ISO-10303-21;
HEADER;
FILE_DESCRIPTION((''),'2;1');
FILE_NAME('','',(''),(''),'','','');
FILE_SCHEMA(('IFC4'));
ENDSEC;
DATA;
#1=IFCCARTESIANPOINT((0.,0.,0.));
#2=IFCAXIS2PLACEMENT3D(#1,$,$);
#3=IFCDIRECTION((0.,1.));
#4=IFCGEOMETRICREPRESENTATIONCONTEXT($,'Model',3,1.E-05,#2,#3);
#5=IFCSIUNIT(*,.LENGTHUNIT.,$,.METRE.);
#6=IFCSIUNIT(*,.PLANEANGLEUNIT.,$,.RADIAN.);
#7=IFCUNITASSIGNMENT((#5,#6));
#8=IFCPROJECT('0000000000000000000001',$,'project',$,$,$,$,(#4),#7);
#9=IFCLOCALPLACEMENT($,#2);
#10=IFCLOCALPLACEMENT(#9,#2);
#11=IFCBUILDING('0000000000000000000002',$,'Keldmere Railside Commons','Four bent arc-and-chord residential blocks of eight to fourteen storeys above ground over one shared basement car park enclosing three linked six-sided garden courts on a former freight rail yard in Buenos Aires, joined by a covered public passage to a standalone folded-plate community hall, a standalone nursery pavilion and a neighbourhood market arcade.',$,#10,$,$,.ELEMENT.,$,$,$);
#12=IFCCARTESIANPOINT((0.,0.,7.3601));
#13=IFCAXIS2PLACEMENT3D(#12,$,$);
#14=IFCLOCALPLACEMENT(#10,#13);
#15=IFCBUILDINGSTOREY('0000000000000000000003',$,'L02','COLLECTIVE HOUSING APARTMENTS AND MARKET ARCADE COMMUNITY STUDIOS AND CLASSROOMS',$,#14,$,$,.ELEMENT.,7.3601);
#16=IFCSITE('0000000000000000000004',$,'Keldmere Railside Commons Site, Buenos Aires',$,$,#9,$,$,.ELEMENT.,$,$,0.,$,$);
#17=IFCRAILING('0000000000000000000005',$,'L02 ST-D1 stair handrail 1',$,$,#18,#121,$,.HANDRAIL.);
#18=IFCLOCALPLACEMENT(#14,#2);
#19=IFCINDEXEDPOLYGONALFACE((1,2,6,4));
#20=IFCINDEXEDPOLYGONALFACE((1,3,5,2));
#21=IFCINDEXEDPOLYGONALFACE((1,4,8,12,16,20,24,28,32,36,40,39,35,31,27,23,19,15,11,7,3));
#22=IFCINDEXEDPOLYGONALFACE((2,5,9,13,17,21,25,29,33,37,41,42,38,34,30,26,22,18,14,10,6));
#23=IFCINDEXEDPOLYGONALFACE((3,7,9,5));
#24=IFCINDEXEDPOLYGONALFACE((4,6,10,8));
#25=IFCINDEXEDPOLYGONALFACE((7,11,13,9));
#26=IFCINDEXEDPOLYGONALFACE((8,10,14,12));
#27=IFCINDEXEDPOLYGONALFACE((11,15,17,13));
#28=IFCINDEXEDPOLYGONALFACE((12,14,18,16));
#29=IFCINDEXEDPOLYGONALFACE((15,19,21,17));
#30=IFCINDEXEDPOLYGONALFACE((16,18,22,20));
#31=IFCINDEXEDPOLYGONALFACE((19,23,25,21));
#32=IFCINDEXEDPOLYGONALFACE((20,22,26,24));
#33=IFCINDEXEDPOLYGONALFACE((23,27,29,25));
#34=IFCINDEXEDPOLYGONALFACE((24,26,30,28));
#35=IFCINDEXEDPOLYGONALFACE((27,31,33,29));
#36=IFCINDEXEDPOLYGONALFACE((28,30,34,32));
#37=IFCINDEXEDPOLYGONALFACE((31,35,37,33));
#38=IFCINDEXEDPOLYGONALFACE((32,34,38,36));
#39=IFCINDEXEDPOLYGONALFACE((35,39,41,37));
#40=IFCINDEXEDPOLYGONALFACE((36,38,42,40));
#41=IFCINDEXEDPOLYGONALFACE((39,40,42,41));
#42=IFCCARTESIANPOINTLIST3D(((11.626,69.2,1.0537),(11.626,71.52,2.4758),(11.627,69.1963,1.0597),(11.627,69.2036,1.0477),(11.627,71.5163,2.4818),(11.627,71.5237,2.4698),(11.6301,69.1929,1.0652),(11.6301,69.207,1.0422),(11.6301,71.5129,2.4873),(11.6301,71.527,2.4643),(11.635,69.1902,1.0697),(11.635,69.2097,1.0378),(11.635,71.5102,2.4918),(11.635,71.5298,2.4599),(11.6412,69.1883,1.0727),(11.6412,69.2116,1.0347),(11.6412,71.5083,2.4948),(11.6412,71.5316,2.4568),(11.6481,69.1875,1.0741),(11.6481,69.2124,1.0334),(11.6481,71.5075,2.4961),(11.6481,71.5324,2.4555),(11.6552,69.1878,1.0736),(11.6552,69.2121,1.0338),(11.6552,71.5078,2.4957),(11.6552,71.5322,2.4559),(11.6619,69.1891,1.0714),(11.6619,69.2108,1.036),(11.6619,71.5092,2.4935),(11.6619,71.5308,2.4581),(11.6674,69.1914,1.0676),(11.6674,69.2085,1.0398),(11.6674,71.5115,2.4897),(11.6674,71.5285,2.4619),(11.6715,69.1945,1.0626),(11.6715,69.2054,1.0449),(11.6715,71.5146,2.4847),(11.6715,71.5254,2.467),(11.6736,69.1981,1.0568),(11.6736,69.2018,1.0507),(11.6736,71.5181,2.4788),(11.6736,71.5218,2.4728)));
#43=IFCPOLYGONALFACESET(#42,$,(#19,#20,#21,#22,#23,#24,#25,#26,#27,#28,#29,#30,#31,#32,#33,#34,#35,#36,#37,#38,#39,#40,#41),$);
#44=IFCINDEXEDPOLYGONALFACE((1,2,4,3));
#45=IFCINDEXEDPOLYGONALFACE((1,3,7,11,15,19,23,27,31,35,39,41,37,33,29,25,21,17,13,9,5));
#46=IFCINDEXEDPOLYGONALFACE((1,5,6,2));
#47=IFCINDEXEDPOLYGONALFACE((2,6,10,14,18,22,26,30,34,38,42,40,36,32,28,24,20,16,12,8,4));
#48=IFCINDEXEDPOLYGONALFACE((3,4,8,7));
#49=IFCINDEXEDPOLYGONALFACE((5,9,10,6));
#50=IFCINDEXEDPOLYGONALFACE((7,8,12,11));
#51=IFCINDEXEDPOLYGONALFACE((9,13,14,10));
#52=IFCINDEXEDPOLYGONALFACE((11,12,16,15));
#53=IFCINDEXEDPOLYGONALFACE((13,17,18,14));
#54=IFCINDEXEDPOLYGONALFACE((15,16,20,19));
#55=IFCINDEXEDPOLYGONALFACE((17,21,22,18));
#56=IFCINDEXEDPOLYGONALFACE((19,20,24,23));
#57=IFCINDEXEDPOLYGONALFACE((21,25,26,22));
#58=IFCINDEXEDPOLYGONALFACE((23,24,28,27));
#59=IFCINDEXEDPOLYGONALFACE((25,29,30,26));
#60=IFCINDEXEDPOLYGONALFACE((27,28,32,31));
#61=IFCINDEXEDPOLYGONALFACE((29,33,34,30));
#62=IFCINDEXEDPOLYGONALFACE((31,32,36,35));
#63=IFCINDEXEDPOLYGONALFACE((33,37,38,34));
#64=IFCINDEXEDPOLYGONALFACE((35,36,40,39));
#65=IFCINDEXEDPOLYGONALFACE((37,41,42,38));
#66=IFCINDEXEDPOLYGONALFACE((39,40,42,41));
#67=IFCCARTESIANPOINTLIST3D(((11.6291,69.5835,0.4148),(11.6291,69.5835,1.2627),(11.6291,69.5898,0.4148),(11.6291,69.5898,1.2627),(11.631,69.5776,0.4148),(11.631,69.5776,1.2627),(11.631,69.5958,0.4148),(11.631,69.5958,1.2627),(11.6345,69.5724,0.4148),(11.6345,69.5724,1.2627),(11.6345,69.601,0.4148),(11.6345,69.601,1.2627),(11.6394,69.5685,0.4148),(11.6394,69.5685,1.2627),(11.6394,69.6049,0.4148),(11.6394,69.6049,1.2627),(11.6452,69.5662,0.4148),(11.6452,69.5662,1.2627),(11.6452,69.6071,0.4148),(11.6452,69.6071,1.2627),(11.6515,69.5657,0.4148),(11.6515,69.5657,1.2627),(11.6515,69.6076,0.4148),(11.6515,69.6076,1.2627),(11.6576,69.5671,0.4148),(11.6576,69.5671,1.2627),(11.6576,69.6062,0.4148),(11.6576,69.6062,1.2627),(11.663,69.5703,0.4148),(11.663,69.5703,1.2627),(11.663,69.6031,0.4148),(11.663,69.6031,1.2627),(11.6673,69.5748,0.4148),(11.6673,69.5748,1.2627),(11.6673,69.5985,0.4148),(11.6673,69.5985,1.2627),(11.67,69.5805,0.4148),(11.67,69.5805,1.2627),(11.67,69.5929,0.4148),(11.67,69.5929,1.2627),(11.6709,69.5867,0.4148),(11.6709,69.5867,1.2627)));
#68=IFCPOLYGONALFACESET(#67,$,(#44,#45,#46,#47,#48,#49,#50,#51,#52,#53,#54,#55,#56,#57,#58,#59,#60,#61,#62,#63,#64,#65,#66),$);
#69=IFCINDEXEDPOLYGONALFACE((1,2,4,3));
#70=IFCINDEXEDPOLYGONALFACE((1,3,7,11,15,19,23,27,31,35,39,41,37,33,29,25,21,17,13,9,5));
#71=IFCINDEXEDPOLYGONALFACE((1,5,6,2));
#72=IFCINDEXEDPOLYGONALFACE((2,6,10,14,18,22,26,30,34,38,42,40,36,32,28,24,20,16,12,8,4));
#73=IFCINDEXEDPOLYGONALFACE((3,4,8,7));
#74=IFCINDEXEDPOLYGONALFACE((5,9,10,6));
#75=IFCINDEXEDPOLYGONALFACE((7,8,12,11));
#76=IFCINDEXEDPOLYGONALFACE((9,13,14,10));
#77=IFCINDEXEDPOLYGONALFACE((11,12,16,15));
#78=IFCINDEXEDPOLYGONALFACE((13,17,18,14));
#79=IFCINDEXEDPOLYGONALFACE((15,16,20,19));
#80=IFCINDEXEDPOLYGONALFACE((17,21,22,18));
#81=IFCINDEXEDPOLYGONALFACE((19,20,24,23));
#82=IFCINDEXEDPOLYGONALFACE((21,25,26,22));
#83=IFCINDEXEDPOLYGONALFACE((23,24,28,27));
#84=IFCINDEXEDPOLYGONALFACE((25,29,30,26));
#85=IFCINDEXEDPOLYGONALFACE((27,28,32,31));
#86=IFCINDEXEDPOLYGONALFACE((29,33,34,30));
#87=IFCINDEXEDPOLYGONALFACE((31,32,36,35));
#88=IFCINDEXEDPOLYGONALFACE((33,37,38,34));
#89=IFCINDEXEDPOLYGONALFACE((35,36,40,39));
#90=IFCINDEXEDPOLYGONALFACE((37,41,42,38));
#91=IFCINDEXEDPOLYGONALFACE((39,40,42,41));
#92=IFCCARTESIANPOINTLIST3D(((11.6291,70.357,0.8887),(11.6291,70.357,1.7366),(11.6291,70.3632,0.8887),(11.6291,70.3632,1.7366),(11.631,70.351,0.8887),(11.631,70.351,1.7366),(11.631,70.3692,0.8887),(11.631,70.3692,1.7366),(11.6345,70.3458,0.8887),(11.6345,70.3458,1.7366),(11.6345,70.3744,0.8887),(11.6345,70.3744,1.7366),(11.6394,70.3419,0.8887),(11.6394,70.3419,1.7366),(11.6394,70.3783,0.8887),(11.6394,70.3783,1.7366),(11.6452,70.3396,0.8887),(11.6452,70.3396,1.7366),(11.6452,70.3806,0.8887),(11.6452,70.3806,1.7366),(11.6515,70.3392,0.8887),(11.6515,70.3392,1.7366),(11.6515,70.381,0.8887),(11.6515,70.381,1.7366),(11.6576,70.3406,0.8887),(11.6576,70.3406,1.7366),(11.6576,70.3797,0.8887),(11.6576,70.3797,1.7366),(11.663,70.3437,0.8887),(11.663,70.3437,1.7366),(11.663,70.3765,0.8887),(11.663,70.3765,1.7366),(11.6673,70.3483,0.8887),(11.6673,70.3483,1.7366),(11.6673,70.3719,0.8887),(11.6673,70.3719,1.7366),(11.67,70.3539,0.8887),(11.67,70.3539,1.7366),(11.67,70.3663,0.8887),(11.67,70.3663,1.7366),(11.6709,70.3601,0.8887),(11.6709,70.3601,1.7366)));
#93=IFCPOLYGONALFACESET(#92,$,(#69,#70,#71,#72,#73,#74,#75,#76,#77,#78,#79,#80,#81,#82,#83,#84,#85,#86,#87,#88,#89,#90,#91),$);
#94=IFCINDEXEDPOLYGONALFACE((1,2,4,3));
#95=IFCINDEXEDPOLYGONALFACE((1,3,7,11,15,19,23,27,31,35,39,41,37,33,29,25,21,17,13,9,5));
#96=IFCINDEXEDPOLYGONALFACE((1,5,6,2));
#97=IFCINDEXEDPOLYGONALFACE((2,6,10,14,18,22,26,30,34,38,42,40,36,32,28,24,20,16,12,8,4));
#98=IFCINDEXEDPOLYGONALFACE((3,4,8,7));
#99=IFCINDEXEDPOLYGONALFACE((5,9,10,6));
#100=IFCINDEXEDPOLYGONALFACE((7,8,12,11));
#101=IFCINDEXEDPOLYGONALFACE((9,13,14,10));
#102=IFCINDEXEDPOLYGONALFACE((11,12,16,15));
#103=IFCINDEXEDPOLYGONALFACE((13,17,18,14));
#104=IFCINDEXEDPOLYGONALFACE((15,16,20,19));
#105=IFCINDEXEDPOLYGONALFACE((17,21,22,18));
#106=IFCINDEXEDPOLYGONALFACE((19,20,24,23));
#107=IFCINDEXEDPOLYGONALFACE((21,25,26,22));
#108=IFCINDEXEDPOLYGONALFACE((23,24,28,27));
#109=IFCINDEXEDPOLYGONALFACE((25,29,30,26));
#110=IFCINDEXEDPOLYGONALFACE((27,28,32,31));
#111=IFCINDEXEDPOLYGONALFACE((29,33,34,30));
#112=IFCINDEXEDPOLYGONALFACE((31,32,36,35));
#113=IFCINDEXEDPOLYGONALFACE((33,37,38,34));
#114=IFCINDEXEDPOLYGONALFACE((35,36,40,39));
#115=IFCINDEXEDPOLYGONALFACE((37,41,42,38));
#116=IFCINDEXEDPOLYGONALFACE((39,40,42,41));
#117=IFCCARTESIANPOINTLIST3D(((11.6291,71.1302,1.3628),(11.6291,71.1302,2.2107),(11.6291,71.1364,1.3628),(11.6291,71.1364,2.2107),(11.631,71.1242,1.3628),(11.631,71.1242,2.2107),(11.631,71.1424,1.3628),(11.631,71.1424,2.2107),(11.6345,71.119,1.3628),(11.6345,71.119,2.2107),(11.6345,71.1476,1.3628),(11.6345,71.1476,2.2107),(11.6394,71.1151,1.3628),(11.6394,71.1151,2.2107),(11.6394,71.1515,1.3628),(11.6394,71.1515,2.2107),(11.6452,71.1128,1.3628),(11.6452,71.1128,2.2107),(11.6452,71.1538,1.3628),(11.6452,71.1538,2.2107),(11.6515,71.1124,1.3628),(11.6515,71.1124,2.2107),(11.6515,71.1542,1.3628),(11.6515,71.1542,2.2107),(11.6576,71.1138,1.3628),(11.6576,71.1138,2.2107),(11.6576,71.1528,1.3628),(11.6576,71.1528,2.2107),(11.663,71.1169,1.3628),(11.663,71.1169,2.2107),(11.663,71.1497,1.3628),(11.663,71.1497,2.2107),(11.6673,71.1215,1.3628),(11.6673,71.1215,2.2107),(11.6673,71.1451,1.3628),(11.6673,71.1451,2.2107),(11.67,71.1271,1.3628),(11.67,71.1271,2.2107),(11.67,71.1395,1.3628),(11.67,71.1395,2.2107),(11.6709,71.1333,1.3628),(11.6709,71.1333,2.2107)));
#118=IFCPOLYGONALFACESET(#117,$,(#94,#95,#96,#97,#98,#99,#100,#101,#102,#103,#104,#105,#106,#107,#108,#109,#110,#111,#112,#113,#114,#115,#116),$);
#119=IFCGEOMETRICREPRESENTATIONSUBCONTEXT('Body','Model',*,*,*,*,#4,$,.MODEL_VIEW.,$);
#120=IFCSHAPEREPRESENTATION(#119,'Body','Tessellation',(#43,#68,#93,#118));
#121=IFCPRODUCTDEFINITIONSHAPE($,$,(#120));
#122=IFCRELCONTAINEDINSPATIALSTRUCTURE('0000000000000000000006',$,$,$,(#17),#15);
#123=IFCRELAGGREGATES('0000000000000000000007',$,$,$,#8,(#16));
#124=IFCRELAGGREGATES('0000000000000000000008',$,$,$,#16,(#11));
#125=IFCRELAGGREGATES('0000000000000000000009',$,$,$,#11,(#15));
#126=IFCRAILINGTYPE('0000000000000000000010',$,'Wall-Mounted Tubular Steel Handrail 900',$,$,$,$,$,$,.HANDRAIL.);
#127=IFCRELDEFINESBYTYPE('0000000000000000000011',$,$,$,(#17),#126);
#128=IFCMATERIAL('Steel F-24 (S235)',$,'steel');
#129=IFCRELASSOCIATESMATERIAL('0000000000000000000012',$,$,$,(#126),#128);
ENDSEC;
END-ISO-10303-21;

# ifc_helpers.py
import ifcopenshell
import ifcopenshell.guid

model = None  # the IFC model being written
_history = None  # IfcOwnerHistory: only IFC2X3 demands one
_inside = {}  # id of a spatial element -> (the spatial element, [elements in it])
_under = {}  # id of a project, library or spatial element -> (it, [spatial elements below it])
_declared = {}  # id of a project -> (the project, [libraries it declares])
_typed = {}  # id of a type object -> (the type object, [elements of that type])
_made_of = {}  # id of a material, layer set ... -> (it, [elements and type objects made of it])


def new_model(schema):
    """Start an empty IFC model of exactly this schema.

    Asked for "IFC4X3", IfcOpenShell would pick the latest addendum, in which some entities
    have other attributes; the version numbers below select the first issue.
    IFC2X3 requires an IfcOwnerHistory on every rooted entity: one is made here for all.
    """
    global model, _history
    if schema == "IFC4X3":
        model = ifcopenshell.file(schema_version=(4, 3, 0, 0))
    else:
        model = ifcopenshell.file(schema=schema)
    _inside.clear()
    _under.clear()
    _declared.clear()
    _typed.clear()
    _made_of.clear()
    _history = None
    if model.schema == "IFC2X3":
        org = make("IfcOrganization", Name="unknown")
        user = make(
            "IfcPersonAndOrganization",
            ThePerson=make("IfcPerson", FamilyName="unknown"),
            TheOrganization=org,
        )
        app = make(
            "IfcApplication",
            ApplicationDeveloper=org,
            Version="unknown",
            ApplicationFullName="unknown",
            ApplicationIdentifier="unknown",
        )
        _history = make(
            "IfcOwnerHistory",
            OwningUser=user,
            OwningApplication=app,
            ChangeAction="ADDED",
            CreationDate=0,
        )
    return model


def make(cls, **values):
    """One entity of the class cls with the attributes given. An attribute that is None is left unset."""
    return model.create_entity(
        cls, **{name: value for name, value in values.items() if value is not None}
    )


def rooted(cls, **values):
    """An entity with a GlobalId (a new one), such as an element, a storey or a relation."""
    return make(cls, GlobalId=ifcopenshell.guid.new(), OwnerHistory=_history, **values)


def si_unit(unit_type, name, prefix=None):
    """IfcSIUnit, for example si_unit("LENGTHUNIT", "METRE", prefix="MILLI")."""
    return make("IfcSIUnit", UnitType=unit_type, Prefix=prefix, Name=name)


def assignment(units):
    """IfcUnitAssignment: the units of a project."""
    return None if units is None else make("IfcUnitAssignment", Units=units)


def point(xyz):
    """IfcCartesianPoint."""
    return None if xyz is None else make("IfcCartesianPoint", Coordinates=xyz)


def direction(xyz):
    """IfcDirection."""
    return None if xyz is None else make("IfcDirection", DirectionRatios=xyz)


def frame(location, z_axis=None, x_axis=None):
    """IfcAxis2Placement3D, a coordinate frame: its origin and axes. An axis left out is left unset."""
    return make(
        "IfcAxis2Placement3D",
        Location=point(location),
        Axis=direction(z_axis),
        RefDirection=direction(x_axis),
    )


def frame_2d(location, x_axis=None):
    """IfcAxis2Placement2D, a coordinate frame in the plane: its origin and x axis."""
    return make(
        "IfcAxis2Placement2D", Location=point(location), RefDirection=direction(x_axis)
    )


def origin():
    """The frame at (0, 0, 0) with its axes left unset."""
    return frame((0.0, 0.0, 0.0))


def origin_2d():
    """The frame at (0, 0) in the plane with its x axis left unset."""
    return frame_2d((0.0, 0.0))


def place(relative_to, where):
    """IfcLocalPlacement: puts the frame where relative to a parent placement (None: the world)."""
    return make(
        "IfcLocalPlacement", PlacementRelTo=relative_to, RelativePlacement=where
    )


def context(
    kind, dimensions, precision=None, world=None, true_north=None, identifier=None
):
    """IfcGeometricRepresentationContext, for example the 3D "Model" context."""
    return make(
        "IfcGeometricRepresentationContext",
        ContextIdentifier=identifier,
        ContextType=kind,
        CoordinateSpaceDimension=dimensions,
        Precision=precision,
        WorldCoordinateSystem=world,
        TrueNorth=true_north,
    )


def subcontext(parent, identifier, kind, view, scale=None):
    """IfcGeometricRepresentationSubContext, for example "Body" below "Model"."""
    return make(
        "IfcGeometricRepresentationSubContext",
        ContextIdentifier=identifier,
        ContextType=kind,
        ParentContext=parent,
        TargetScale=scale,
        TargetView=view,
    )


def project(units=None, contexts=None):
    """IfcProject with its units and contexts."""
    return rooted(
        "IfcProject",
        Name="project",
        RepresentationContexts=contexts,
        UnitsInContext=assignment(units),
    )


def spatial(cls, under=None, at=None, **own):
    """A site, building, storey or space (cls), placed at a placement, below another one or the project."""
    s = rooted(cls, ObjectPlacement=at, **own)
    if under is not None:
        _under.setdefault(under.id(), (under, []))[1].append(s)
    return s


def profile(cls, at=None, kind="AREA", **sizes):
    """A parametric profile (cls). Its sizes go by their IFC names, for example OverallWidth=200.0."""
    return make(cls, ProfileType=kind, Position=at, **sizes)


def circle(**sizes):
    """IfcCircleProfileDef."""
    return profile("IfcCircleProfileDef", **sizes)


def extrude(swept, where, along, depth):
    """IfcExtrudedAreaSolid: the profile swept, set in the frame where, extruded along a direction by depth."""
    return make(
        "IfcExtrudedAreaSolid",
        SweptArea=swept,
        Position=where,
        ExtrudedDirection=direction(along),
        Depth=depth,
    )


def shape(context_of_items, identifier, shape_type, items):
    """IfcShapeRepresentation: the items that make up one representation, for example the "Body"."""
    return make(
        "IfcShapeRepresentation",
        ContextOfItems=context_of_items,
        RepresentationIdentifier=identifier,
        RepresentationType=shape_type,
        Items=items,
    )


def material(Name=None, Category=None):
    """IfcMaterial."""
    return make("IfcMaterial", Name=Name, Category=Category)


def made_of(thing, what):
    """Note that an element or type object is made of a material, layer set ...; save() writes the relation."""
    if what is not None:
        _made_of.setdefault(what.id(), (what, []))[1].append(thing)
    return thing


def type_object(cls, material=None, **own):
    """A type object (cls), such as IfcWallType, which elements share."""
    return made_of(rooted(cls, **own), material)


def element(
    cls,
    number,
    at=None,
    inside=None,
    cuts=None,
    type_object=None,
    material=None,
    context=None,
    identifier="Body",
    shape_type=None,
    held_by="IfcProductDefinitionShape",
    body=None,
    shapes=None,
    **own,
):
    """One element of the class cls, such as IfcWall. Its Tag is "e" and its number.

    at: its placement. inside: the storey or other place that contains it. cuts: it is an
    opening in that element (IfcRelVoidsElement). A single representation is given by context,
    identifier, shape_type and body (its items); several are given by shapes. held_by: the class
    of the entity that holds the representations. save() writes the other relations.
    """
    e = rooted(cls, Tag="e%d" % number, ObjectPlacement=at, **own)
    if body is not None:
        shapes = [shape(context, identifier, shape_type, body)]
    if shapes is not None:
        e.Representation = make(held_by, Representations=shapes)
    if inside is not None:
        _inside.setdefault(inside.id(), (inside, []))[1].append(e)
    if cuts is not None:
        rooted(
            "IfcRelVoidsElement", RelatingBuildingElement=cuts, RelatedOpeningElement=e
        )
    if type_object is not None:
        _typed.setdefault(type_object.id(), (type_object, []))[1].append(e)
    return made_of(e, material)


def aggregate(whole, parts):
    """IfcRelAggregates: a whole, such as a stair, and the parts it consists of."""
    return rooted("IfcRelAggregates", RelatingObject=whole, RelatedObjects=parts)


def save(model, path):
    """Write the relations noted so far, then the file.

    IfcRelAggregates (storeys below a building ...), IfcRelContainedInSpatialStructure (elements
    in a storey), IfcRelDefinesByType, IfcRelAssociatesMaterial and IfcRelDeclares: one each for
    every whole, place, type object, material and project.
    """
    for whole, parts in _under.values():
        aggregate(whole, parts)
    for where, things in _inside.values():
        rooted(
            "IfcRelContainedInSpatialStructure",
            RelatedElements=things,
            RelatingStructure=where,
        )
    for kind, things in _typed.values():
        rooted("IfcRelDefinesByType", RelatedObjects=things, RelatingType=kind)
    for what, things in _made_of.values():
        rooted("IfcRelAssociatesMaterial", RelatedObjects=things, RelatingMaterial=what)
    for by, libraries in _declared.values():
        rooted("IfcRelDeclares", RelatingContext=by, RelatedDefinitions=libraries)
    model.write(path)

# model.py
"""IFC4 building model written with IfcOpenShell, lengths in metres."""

from ifc_helpers import new_model, si_unit, direction, frame, origin, origin_2d, place, context, subcontext, project, spatial, circle, extrude, material, type_object, element, save


model = new_model("IFC4")

# Units and contexts
model_context = context("Model", 3, precision=1e-05, world=origin(), true_north=direction((0.0, 1.0)))
body_context = subcontext(model_context, "Body", "Model", "MODEL_VIEW")
ifc_project = project(units=[si_unit("LENGTHUNIT", "METRE"), si_unit("PLANEANGLEUNIT", "RADIAN")], contexts=[model_context])

# Site, building, storey
site_placement = place(None, origin())
site = spatial("IfcSite", under=ifc_project, at=site_placement, Name="Keldmere Railside Commons Site, Buenos Aires", CompositionType="ELEMENT", RefElevation=0.0)
building_placement = place(site_placement, origin())
building = spatial("IfcBuilding", under=site, at=building_placement, Name="Keldmere Railside Commons", Description="Four bent arc-and-chord residential blocks of eight to fourteen storeys above ground over one shared basement car park enclosing three linked six-sided garden courts on a former freight rail yard in Buenos Aires, joined by a covered public passage to a standalone folded-plate community hall, a standalone nursery pavilion and a neighbourhood market arcade.", CompositionType="ELEMENT")
storey_placement = place(building_placement, frame((0.0, 0.0, 7.3601)))
storey = spatial("IfcBuildingStorey", under=building, at=storey_placement, Name="L02", Description="COLLECTIVE HOUSING APARTMENTS AND MARKET ARCADE COMMUNITY STUDIOS AND CLASSROOMS", CompositionType="ELEMENT", Elevation=7.3601)

# Shared definitions
ifc_material_1 = material(Name="Steel F-24 (S235)", Category="steel")

# Railing
railing_type_1 = type_object("IfcRailingType", Name="Wall-Mounted Tubular Steel Handrail 900", PredefinedType="HANDRAIL", material=ifc_material_1)
railing_1_placement = place(storey_placement, frame((11.6499, 69.2, 0.1777)))
element("IfcRailing", 1, at=railing_1_placement, inside=storey, type_object=railing_type_1, Name="L02 ST-D1 stair handrail 1", PredefinedType="HANDRAIL", context=body_context, shape_type="SweptSolid", body=[
    extrude(circle(Radius=0.0239, at=origin_2d()), frame((0.0, 0.0, 0.876), z_axis=(0.0, 0.852578, 0.5226), x_axis=(-1.0, 0.0, 0.0)), (0.0, 0.0, 1.0), 2.7212),
    extrude(circle(Radius=0.021, at=origin_2d()), frame((0.0, 0.3867, 0.2371)), (0.0, 0.0, 1.0), 0.8479),
    extrude(circle(Radius=0.021, at=origin_2d()), frame((0.0, 1.1602, 0.7109)), (0.0, 0.0, 1.0), 0.8479),
    extrude(circle(Radius=0.021, at=origin_2d()), frame((0.0, 1.9333, 1.1851)), (0.0, 0.0, 1.0), 0.8479),
])

save(model, "model.ifc")
